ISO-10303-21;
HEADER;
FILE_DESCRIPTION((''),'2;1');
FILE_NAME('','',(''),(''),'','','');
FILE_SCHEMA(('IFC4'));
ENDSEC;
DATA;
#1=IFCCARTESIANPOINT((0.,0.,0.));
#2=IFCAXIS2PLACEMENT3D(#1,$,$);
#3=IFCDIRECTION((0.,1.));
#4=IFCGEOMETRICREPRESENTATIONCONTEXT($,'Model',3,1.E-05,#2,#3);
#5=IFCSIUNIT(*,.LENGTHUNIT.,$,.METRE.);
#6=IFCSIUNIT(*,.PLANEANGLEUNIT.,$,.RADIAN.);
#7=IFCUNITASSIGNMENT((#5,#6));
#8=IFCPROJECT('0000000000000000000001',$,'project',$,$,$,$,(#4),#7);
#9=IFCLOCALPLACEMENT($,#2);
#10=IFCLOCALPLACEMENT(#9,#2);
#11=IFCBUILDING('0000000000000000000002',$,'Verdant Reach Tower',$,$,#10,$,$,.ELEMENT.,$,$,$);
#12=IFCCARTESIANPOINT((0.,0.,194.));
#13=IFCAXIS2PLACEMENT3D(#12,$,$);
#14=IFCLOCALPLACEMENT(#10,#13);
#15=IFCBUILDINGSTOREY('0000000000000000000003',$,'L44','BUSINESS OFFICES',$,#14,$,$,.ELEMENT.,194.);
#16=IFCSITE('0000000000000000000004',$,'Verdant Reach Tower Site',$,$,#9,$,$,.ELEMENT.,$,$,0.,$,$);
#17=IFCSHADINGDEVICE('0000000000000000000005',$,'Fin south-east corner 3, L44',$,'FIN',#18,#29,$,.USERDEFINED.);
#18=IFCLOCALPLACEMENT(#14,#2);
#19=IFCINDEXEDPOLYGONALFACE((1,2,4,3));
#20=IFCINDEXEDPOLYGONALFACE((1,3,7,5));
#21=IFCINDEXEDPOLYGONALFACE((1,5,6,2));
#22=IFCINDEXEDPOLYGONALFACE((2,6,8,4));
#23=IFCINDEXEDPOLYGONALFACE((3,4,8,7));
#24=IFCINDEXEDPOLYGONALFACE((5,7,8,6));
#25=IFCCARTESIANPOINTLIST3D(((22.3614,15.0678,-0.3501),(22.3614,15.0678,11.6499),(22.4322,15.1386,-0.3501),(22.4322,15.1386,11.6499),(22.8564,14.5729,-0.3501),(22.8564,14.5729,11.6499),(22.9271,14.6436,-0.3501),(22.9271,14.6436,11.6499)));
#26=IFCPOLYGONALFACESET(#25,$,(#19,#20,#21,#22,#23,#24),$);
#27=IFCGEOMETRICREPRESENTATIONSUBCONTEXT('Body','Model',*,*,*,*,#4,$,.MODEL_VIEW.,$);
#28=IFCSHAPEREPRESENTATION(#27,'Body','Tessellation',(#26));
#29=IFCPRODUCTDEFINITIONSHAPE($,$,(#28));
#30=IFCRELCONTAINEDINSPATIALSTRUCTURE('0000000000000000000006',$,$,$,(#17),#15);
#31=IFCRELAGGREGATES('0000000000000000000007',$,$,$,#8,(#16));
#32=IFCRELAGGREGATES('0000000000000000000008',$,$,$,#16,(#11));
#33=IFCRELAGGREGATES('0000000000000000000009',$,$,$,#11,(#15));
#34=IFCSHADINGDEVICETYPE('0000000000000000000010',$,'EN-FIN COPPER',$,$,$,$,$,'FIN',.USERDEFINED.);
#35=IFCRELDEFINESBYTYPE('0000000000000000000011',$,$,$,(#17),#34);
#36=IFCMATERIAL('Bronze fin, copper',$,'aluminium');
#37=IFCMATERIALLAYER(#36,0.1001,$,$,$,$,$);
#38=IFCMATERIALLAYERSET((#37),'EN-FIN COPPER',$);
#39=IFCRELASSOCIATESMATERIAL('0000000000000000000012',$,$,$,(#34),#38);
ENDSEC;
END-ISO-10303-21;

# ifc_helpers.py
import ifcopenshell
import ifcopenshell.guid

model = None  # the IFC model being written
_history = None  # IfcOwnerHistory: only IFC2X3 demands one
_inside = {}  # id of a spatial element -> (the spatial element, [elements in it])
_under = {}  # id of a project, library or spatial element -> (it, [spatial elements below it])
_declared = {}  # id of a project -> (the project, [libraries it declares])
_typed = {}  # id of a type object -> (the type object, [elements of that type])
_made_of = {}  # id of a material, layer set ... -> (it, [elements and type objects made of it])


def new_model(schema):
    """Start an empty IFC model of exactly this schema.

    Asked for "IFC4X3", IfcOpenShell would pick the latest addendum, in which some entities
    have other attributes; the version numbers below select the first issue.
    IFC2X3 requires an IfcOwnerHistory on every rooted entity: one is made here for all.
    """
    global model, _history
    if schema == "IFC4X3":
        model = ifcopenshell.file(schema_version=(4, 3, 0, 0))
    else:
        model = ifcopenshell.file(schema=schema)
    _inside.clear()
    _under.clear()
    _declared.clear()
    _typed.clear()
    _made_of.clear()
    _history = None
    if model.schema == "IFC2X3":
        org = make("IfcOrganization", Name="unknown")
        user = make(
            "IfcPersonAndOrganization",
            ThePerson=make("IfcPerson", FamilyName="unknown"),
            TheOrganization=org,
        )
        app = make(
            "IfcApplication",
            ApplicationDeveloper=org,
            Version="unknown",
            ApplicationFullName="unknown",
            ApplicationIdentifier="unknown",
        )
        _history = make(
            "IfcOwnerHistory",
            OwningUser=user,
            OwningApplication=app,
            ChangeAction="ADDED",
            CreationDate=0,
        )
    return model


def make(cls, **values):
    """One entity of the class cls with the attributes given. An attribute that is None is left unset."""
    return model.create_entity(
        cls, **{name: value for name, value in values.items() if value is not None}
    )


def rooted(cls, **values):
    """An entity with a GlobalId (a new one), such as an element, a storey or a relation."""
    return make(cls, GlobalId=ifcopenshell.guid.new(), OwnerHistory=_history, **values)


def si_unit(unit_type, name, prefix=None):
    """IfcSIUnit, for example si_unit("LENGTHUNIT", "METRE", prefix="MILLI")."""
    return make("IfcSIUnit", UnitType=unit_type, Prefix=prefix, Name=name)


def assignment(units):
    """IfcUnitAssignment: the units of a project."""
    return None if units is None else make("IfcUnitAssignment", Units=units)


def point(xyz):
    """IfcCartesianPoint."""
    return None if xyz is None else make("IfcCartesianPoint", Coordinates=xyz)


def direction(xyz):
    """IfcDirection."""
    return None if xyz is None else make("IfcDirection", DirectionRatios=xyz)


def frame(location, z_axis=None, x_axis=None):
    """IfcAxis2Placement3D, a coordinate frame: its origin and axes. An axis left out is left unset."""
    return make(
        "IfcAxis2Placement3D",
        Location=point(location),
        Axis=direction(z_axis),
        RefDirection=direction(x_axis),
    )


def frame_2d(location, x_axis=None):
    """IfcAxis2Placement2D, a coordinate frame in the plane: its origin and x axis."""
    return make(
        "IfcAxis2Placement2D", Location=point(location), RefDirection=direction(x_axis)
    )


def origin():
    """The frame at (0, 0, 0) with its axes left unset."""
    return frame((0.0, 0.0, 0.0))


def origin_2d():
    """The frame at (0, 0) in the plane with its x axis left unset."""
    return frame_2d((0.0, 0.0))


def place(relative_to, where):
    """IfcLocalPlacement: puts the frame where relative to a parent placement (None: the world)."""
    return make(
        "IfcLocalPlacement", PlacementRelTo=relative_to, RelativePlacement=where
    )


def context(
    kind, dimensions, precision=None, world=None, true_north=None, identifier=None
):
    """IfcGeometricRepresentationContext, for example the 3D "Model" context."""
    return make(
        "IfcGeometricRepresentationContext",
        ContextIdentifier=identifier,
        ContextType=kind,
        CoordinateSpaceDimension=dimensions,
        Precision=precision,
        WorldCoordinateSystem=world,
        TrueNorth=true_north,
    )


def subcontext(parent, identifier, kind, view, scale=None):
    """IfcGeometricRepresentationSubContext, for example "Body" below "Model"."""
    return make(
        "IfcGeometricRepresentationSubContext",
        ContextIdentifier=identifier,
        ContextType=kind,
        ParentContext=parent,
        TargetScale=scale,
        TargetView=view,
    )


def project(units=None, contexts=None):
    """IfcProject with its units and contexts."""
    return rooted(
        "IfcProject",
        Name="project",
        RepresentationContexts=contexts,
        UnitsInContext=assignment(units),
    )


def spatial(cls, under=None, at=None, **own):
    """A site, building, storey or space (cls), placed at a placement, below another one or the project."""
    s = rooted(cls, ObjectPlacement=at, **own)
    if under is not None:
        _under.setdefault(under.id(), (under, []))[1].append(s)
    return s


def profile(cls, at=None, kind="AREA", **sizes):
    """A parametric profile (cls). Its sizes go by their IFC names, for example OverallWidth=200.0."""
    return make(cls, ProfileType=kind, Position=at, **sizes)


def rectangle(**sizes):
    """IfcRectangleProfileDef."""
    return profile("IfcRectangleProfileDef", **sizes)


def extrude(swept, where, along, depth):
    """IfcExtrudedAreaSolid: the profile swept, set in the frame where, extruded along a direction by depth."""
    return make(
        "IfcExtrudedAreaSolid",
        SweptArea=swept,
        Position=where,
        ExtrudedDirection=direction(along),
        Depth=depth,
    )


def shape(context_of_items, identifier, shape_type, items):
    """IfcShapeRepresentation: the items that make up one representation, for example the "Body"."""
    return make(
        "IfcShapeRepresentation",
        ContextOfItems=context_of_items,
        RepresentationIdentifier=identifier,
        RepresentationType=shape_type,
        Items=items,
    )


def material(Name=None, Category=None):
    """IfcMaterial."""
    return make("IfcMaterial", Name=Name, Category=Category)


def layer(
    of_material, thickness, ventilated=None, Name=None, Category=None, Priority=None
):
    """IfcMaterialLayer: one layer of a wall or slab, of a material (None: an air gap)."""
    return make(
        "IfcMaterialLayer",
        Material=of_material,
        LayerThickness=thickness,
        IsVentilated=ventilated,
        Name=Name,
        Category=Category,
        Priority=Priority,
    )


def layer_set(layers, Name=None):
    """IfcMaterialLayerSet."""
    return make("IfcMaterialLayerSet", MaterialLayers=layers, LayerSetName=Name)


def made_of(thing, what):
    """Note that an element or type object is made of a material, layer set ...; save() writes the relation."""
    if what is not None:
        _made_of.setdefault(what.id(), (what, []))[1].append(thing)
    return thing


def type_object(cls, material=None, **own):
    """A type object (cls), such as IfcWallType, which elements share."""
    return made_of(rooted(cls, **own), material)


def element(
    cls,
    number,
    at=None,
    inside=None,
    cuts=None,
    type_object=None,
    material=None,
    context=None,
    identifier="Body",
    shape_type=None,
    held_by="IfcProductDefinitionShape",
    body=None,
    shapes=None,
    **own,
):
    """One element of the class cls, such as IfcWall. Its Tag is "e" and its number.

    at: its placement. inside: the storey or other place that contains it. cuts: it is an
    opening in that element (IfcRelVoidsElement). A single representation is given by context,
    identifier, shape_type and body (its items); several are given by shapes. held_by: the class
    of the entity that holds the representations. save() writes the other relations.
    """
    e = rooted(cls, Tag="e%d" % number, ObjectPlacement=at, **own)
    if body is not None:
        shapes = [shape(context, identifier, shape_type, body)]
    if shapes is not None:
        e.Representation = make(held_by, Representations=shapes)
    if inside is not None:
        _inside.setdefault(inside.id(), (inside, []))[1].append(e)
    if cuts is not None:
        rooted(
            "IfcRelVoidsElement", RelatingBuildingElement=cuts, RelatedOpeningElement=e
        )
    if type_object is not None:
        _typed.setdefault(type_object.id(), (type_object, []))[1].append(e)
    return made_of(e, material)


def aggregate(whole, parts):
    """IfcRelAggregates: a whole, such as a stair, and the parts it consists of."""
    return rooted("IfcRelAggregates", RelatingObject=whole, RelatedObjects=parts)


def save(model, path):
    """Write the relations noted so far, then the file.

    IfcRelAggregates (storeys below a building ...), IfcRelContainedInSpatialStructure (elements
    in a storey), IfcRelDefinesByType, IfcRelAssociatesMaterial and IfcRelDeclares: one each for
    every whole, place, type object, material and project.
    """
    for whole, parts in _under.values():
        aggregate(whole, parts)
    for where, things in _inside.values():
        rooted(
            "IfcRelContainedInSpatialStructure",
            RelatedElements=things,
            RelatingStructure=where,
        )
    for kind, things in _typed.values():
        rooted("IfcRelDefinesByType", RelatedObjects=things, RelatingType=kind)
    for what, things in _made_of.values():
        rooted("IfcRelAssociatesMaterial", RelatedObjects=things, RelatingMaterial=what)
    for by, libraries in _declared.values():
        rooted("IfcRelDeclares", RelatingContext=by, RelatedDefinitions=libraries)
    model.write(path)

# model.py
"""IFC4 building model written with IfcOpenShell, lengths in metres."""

from ifc_helpers import new_model, si_unit, direction, frame, origin, origin_2d, place, context, subcontext, project, spatial, rectangle, extrude, material, layer, layer_set, type_object, element, save


model = new_model("IFC4")

# Units and contexts
model_context = context("Model", 3, precision=1e-05, world=origin(), true_north=direction((0.0, 1.0)))
body_context = subcontext(model_context, "Body", "Model", "MODEL_VIEW")
ifc_project = project(units=[si_unit("LENGTHUNIT", "METRE"), si_unit("PLANEANGLEUNIT", "RADIAN")], contexts=[model_context])

# Site, building, storey
site_placement = place(None, origin())
site = spatial("IfcSite", under=ifc_project, at=site_placement, Name="Verdant Reach Tower Site", CompositionType="ELEMENT", RefElevation=0.0)
building_placement = place(site_placement, origin())
building = spatial("IfcBuilding", under=site, at=building_placement, Name="Verdant Reach Tower", CompositionType="ELEMENT")
storey_placement = place(building_placement, frame((0.0, 0.0, 194.0)))
storey = spatial("IfcBuildingStorey", under=building, at=storey_placement, Name="L44", Description="BUSINESS OFFICES", CompositionType="ELEMENT", Elevation=194.0)

# Shading device
ifc_material_1 = material(Name="Bronze fin, copper", Category="aluminium")
ifc_layer_1 = layer(ifc_material_1, 0.1001)
ifc_layer_set_1 = layer_set([ifc_layer_1], Name="EN-FIN COPPER")
shading_device_type_1 = type_object("IfcShadingDeviceType", Name="EN-FIN COPPER", ElementType="FIN", PredefinedType="USERDEFINED", material=ifc_layer_set_1)
shading_device_1_placement = place(storey_placement, frame((22.6443, 14.8557, -0.3501), z_axis=(0.0, 0.0, 1.0), x_axis=(0.707107, 0.707107, 0.0)))
element("IfcShadingDevice", 1, at=shading_device_1_placement, inside=storey, type_object=shading_device_type_1, Name="Fin south-east corner 3, L44", ObjectType="FIN", PredefinedType="USERDEFINED", context=body_context, shape_type="SweptSolid", body=[
    extrude(rectangle(XDim=0.1001, YDim=0.7, at=origin_2d()), origin(), (0.0, 0.0, 1.0), 12.0),
])

save(model, "model.ifc")
